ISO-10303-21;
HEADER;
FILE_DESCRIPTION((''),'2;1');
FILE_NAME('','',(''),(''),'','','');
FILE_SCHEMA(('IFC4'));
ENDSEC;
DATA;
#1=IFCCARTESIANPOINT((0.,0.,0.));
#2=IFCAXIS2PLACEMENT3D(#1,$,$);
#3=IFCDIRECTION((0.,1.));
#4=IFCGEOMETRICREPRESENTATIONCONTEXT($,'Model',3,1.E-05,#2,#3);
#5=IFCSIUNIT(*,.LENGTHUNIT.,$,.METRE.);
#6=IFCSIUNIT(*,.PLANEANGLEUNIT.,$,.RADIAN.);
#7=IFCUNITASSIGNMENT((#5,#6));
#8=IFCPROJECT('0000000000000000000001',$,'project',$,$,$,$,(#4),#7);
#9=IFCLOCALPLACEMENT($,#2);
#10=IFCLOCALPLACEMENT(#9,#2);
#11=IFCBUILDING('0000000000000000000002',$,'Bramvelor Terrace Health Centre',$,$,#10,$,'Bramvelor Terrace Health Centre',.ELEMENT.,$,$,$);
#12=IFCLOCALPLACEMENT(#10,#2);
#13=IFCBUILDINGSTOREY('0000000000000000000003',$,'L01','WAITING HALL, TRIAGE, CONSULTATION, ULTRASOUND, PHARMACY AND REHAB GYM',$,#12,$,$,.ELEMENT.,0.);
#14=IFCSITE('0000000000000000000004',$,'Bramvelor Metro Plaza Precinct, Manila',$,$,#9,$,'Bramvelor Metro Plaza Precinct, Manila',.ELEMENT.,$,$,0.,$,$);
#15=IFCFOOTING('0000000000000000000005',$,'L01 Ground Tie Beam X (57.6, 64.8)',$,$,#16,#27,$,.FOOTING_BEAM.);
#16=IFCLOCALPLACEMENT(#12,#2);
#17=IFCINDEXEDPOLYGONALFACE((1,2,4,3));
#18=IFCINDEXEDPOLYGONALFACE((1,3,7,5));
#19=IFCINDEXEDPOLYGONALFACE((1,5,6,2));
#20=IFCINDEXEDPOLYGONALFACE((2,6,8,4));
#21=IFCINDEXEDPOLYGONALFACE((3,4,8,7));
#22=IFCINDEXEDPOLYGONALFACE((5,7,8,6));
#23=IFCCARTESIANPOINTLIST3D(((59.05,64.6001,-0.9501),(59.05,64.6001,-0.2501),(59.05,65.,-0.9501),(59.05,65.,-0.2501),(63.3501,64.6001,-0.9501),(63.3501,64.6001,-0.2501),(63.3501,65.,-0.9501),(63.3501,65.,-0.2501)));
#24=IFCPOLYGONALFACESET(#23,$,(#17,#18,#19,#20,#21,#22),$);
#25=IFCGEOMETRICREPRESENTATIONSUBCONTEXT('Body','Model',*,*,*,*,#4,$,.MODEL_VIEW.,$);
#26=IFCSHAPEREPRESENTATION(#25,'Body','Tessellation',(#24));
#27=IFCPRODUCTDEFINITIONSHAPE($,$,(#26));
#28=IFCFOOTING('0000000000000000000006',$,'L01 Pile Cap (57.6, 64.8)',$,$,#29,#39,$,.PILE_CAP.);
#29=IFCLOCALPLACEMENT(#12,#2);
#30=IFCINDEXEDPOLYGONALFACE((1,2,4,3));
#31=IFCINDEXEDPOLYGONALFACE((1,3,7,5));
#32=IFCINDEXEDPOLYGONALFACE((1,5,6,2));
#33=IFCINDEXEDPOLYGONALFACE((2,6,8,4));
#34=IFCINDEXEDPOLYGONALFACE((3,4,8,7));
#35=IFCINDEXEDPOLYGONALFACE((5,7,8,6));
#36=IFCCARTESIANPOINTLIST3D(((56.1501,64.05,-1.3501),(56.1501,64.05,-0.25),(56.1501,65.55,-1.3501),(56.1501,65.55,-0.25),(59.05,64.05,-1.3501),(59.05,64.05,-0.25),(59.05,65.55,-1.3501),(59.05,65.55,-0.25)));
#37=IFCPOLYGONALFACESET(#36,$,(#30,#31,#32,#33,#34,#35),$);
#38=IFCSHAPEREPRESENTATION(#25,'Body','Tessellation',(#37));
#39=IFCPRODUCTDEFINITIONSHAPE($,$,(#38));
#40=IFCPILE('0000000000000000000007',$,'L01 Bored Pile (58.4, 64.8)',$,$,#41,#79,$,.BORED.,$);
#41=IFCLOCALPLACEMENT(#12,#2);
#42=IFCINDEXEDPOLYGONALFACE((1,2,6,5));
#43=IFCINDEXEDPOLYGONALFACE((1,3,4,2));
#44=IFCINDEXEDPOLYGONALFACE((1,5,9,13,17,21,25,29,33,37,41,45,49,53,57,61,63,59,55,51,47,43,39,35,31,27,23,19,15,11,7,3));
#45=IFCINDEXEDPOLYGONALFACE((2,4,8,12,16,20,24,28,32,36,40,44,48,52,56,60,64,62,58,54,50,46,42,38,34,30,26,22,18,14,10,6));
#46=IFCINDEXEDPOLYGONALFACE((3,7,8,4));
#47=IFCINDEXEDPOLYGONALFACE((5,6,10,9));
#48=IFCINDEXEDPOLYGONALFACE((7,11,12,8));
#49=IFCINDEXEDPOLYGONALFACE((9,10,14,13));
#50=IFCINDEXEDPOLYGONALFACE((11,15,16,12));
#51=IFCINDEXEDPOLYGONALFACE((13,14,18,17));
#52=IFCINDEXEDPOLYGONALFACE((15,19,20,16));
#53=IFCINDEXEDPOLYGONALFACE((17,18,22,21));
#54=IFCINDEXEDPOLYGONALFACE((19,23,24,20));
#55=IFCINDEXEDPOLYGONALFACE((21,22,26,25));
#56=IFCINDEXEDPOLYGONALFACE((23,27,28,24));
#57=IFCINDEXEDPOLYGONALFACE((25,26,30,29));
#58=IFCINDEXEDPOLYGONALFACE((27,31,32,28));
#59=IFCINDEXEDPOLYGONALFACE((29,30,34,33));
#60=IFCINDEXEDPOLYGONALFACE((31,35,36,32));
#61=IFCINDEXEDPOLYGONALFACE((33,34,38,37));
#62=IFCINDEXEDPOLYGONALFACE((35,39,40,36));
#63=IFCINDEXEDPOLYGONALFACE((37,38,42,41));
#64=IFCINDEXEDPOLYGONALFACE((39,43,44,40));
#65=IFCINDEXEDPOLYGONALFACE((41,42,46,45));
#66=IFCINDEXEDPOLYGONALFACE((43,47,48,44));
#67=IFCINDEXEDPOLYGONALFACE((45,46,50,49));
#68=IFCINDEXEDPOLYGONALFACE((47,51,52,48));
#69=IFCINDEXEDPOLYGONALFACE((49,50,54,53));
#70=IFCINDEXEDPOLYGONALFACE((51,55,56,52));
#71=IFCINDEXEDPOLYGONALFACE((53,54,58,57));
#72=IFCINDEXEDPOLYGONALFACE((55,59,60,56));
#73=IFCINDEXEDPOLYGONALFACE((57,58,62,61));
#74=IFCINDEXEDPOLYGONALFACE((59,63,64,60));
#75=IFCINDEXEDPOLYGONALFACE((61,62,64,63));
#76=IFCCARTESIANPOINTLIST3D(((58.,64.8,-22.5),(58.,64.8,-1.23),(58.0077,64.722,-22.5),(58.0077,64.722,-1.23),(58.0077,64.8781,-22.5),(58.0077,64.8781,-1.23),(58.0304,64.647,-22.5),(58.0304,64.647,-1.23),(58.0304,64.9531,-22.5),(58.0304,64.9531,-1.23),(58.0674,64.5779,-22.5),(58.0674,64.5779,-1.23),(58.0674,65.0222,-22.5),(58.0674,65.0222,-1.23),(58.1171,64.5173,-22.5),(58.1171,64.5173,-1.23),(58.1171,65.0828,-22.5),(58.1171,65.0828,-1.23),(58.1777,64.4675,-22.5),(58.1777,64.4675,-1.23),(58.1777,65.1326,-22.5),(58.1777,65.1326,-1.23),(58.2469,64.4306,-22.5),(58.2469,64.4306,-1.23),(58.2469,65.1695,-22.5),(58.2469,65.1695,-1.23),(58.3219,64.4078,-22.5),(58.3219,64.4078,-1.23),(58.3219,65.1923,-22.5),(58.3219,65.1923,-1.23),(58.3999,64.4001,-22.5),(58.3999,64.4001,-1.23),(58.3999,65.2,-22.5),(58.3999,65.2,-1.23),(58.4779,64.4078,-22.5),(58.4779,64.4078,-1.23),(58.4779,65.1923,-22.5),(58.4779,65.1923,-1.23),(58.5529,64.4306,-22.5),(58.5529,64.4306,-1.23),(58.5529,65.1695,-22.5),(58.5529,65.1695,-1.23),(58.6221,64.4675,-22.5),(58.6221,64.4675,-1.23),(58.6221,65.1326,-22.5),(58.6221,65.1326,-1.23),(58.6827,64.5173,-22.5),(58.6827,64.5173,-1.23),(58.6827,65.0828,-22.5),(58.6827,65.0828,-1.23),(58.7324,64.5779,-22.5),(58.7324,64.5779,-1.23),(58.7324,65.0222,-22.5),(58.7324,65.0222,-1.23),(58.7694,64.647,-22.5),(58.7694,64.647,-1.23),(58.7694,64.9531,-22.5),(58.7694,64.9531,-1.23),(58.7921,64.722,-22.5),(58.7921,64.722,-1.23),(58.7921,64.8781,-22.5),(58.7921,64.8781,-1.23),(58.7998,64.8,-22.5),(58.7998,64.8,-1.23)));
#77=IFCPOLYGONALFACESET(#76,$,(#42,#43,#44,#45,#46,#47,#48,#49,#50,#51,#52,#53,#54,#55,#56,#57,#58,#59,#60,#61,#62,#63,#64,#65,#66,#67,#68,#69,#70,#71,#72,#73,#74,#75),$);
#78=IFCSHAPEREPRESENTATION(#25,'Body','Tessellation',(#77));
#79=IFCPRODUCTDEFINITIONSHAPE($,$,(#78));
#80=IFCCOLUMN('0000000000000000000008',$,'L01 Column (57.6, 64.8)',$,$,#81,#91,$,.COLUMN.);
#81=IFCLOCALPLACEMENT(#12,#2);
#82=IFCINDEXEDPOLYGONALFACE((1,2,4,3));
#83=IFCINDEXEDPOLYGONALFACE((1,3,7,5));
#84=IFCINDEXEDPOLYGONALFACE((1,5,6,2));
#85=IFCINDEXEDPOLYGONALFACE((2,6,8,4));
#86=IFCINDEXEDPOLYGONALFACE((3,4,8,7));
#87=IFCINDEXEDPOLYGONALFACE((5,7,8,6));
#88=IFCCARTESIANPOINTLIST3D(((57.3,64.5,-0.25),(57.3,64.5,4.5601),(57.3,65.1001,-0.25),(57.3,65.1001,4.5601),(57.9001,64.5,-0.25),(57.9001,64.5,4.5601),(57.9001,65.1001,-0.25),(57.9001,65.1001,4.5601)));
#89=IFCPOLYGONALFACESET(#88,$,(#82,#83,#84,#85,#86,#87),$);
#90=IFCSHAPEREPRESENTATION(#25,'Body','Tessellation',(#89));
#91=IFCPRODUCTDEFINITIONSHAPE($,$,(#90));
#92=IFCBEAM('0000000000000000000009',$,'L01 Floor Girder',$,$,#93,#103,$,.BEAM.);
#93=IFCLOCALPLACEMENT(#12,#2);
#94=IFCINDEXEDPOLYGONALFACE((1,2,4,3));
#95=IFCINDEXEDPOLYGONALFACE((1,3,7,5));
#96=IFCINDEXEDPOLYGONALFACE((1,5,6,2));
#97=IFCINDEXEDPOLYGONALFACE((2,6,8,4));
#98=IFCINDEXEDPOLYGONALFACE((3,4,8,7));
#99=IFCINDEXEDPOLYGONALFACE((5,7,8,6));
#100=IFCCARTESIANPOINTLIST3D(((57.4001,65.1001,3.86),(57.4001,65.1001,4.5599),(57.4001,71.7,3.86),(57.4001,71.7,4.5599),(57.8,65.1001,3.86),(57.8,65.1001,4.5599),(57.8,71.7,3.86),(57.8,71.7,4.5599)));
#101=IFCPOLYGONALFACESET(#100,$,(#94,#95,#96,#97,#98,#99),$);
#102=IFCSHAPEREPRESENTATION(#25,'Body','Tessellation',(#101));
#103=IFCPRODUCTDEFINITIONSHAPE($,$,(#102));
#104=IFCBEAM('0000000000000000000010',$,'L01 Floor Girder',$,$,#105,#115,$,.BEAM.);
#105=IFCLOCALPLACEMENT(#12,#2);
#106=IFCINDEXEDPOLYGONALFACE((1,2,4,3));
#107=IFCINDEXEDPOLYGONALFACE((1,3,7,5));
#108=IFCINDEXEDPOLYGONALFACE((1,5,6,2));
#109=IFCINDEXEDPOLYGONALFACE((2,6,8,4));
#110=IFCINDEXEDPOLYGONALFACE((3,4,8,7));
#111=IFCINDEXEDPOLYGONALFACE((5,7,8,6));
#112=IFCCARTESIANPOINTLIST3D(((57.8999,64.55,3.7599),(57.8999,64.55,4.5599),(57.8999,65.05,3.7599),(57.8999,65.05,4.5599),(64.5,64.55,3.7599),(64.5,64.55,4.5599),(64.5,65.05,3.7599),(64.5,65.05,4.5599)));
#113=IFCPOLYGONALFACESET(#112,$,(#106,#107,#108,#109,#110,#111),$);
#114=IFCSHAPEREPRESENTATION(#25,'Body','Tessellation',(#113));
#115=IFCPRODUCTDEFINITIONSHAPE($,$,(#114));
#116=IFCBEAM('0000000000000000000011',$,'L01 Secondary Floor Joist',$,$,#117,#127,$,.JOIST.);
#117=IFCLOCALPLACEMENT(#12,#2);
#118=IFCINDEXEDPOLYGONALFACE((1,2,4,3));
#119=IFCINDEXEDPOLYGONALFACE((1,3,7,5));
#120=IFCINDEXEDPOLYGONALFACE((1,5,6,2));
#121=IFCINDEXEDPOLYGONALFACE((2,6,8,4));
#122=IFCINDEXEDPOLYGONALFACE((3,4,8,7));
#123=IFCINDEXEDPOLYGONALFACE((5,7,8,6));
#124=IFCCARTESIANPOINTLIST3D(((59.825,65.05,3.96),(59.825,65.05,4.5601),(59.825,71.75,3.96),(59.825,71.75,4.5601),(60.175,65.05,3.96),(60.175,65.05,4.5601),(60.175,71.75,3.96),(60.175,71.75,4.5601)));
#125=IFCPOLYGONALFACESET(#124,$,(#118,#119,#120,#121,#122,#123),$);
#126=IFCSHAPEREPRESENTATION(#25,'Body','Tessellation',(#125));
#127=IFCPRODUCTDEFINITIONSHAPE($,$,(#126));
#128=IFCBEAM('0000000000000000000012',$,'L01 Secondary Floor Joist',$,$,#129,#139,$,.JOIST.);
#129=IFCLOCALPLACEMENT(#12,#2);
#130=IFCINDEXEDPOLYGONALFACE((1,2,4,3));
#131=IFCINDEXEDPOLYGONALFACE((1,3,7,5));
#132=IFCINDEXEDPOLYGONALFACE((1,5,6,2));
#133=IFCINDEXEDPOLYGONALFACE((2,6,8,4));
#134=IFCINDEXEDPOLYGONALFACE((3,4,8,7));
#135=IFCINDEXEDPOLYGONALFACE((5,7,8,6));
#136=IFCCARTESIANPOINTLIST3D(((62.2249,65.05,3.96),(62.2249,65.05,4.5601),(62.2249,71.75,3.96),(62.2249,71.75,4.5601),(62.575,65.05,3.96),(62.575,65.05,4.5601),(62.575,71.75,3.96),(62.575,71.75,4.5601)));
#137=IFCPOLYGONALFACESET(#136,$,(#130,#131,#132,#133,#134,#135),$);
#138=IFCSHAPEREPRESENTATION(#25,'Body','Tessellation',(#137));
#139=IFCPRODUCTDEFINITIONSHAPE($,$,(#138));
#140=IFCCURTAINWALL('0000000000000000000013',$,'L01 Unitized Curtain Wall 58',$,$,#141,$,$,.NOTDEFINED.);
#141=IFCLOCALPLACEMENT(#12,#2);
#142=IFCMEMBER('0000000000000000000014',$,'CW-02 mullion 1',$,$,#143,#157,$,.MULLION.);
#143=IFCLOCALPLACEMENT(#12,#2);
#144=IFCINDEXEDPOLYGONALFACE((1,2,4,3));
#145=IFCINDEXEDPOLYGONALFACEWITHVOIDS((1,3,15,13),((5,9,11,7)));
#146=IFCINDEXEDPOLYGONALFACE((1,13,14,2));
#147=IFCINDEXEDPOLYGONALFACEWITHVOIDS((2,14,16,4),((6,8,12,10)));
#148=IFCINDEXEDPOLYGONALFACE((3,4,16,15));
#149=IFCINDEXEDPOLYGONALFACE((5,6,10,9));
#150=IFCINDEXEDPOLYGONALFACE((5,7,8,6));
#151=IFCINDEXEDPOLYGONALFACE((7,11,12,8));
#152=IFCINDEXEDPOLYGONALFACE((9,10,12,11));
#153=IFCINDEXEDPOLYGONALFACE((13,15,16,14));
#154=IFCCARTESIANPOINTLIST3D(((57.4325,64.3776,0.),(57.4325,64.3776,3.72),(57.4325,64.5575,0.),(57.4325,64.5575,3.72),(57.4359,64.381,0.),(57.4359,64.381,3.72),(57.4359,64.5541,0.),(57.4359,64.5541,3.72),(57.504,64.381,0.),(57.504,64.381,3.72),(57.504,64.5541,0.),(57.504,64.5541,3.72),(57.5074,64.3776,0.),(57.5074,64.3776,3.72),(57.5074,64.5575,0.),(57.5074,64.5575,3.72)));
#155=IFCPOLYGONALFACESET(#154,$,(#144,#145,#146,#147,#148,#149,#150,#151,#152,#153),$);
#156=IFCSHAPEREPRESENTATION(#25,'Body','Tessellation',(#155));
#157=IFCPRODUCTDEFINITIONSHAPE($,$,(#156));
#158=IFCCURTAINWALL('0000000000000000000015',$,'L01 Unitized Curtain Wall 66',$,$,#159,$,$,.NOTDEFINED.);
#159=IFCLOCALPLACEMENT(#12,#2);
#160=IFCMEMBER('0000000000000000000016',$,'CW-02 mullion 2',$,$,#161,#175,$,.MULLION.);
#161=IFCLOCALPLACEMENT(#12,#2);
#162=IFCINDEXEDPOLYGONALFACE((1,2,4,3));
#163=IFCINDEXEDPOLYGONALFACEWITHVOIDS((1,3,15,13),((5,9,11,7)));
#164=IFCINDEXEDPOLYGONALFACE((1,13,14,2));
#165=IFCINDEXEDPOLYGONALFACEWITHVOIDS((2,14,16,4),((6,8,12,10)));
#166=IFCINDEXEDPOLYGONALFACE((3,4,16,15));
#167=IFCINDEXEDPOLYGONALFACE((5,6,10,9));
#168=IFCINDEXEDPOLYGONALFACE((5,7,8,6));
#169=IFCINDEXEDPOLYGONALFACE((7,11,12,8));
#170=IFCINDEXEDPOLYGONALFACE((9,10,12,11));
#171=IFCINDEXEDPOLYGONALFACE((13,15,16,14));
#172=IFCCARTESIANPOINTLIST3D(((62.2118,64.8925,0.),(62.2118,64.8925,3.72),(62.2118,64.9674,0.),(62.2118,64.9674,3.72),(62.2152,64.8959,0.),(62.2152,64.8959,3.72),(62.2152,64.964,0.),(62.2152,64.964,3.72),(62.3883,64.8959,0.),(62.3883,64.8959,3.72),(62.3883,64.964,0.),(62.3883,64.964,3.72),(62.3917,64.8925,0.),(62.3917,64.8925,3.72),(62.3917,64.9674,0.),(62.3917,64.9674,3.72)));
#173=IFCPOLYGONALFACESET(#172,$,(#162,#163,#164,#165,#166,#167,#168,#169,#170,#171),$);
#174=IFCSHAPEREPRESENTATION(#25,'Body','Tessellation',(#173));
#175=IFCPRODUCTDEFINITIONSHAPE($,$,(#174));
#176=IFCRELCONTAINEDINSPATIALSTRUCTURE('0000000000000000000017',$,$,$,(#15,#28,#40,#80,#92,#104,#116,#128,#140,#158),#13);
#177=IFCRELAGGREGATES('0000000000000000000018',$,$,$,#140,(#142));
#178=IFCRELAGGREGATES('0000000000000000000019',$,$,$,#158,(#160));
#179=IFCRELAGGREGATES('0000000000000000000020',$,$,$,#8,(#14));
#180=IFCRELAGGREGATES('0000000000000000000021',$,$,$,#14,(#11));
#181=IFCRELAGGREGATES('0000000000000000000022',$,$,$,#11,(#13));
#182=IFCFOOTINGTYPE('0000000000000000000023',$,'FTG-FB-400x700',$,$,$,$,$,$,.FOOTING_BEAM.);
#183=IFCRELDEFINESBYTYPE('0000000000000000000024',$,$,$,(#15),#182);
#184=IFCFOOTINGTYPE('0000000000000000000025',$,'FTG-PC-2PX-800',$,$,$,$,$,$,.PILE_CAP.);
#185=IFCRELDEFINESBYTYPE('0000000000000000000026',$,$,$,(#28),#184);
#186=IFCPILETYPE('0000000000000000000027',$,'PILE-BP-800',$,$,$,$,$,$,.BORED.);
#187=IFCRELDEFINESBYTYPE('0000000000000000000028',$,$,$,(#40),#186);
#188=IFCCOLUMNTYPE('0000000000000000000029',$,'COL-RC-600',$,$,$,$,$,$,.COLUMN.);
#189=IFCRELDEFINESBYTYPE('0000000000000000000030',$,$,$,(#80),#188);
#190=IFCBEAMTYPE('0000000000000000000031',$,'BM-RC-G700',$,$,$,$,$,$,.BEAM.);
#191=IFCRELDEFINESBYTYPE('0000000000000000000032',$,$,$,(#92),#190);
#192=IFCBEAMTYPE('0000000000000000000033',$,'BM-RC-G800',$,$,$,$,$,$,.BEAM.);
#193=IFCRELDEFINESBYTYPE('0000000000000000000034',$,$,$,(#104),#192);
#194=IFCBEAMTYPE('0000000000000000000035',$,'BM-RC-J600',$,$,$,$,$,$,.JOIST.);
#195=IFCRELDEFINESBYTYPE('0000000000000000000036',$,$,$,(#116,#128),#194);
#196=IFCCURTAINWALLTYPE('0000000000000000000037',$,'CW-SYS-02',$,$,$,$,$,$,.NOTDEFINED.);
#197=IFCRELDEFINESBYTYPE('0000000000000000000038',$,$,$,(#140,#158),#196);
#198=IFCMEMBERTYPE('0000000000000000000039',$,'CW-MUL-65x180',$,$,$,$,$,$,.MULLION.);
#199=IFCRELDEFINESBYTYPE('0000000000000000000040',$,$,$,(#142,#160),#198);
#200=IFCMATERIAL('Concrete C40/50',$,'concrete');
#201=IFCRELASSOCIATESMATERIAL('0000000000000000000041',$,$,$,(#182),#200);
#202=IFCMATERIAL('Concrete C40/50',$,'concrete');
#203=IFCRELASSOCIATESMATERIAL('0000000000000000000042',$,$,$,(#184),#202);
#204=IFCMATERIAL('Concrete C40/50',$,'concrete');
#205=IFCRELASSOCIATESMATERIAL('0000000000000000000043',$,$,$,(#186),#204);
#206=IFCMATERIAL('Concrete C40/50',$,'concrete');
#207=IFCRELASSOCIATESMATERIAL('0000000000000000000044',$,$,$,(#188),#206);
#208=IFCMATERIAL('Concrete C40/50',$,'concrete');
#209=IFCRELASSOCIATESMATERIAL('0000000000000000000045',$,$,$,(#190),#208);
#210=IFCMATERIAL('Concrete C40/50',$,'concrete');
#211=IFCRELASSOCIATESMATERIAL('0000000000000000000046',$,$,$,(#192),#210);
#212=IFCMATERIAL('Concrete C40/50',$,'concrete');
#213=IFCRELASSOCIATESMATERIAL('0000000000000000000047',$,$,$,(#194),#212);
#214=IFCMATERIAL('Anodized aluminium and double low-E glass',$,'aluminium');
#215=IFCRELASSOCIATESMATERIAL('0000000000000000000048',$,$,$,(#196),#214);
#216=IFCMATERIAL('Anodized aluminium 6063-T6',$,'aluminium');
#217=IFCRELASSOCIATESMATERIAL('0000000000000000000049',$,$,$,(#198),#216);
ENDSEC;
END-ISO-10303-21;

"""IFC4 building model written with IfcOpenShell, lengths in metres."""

from ifc_helpers import new_model, si_unit, direction, frame, origin, origin_2d, place, context, subcontext, project, spatial, rectangle, hollow_rectangle, circle, extrude, material, material_profile, profile_set, type_object, element, aggregate, save


model = new_model("IFC4")

# Units and contexts
model_context = context("Model", 3, precision=1e-05, world=origin(), true_north=direction((0.0, 1.0)))
body_context = subcontext(model_context, "Body", "Model", "MODEL_VIEW")
ifc_project = project(units=[si_unit("LENGTHUNIT", "METRE"), si_unit("PLANEANGLEUNIT", "RADIAN")], contexts=[model_context])

# Site, building, storey
site_placement = place(None, origin())
site = spatial("IfcSite", under=ifc_project, at=site_placement, Name="Bramvelor Metro Plaza Precinct, Manila", LongName="Bramvelor Metro Plaza Precinct, Manila", CompositionType="ELEMENT", RefElevation=0.0)
building_placement = place(site_placement, origin())
building = spatial("IfcBuilding", under=site, at=building_placement, Name="Bramvelor Terrace Health Centre", LongName="Bramvelor Terrace Health Centre", CompositionType="ELEMENT")
storey_placement = place(building_placement, origin())
storey = spatial("IfcBuildingStorey", under=building, at=storey_placement, Name="L01", Description="WAITING HALL, TRIAGE, CONSULTATION, ULTRASOUND, PHARMACY AND REHAB GYM", CompositionType="ELEMENT", Elevation=0.0)

# Footings
ifc_material_1 = material(Name="Concrete C40/50", Category="concrete")
ifc_material_profile_1 = material_profile(ifc_material_1, rectangle(XDim=0.3999, YDim=0.7, at=origin_2d()), Name="RC 400x700")
ifc_profile_set_1 = profile_set([ifc_material_profile_1], Name="Concrete C40/50")
footing_type_1 = type_object("IfcFootingType", Name="FTG-FB-400x700", PredefinedType="FOOTING_BEAM", material=ifc_profile_set_1)
footing_1_placement = place(storey_placement, frame((59.05, 64.8, -0.6001), z_axis=(1.0, 0.0, 0.0), x_axis=(0.0, 1.0, 0.0)))
element("IfcFooting", 1, at=footing_1_placement, inside=storey, type_object=footing_type_1, Name="L01 Ground Tie Beam X (57.6, 64.8)", PredefinedType="FOOTING_BEAM", context=body_context, shape_type="SweptSolid", body=[
    extrude(rectangle(XDim=0.3999, YDim=0.7, at=origin_2d()), origin(), (0.0, 0.0, 1.0), 4.3),
])
ifc_material_2 = material(Name="Concrete C40/50", Category="concrete")
footing_type_2 = type_object("IfcFootingType", Name="FTG-PC-2PX-800", PredefinedType="PILE_CAP", material=ifc_material_2)
footing_2_placement = place(storey_placement, frame((57.6001, 64.8, -1.3501), z_axis=(0.0, 0.0, 1.0), x_axis=(1.0, 0.0, 0.0)))
element("IfcFooting", 2, at=footing_2_placement, inside=storey, type_object=footing_type_2, Name="L01 Pile Cap (57.6, 64.8)", PredefinedType="PILE_CAP", context=body_context, shape_type="SweptSolid", body=[
    extrude(rectangle(XDim=2.8999, YDim=1.5, at=origin_2d()), origin(), (0.0, 0.0, 1.0), 1.1001),
])

# Pile
ifc_material_3 = material(Name="Concrete C40/50", Category="concrete")
ifc_material_profile_2 = material_profile(ifc_material_3, circle(Radius=0.3999, at=origin_2d()), Name="BP D800")
ifc_profile_set_2 = profile_set([ifc_material_profile_2], Name="Concrete C40/50")
pile_type = type_object("IfcPileType", Name="PILE-BP-800", PredefinedType="BORED", material=ifc_profile_set_2)
pile_placement = place(storey_placement, frame((58.3999, 64.8, -1.23), z_axis=(0.0, 0.0, -1.0), x_axis=(1.0, 0.0, 0.0)))
element("IfcPile", 3, at=pile_placement, inside=storey, type_object=pile_type, Name="L01 Bored Pile (58.4, 64.8)", PredefinedType="BORED", context=body_context, shape_type="SweptSolid", body=[
    extrude(circle(Radius=0.3999, at=origin_2d()), origin(), (0.0, 0.0, 1.0), 21.27),
])

# Column
ifc_material_4 = material(Name="Concrete C40/50", Category="concrete")
ifc_material_profile_3 = material_profile(ifc_material_4, rectangle(XDim=0.6001, YDim=0.6001, at=origin_2d()), Name="RC 600x600")
ifc_profile_set_3 = profile_set([ifc_material_profile_3], Name="Concrete C40/50")
column_type = type_object("IfcColumnType", Name="COL-RC-600", PredefinedType="COLUMN", material=ifc_profile_set_3)
column_placement = place(storey_placement, frame((57.6001, 64.8, -0.25), z_axis=(0.0, 0.0, 1.0), x_axis=(1.0, 0.0, 0.0)))
element("IfcColumn", 4, at=column_placement, inside=storey, type_object=column_type, Name="L01 Column (57.6, 64.8)", PredefinedType="COLUMN", context=body_context, shape_type="SweptSolid", body=[
    extrude(rectangle(XDim=0.6001, YDim=0.6001, at=origin_2d()), origin(), (0.0, 0.0, 1.0), 4.8101),
])

# Beams
ifc_material_5 = material(Name="Concrete C40/50", Category="concrete")
ifc_material_profile_4 = material_profile(ifc_material_5, rectangle(XDim=0.3999, YDim=0.7, at=origin_2d()), Name="RC 400x700")
ifc_profile_set_4 = profile_set([ifc_material_profile_4], Name="Concrete C40/50")
beam_type_1 = type_object("IfcBeamType", Name="BM-RC-G700", PredefinedType="BEAM", material=ifc_profile_set_4)
beam_1_placement = place(storey_placement, frame((57.6001, 65.1001, 4.21), z_axis=(0.0, 1.0, 0.0), x_axis=(-1.0, 0.0, 0.0)))
element("IfcBeam", 5, at=beam_1_placement, inside=storey, type_object=beam_type_1, Name="L01 Floor Girder", PredefinedType="BEAM", context=body_context, shape_type="SweptSolid", body=[
    extrude(rectangle(XDim=0.3999, YDim=0.7, at=origin_2d()), origin(), (0.0, 0.0, 1.0), 6.5999),
])
ifc_material_6 = material(Name="Concrete C40/50", Category="concrete")
ifc_material_profile_5 = material_profile(ifc_material_6, rectangle(XDim=0.5, YDim=0.8, at=origin_2d()), Name="RC 500x800")
ifc_profile_set_5 = profile_set([ifc_material_profile_5], Name="Concrete C40/50")
beam_type_2 = type_object("IfcBeamType", Name="BM-RC-G800", PredefinedType="BEAM", material=ifc_profile_set_5)
beam_2_placement = place(storey_placement, frame((57.8999, 64.8, 4.1599), z_axis=(1.0, 0.0, 0.0), x_axis=(0.0, 1.0, 0.0)))
element("IfcBeam", 6, at=beam_2_placement, inside=storey, type_object=beam_type_2, Name="L01 Floor Girder", PredefinedType="BEAM", context=body_context, shape_type="SweptSolid", body=[
    extrude(rectangle(XDim=0.5, YDim=0.8, at=origin_2d()), origin(), (0.0, 0.0, 1.0), 6.6001),
])
ifc_material_7 = material(Name="Concrete C40/50", Category="concrete")
ifc_material_profile_6 = material_profile(ifc_material_7, rectangle(XDim=0.3501, YDim=0.6001, at=origin_2d()), Name="RC 350x600")
ifc_profile_set_6 = profile_set([ifc_material_profile_6], Name="Concrete C40/50")
beam_type_3 = type_object("IfcBeamType", Name="BM-RC-J600", PredefinedType="JOIST", material=ifc_profile_set_6)
for number, where, z_axis, x_axis, name in (
    (7, (60.0, 65.05, 4.26), (0.0, 1.0, 0.0), (-1.0, 0.0, 0.0), "L01 Secondary Floor Joist"),
    (8, (62.3999, 65.05, 4.26), (0.0, 1.0, 0.0), (-1.0, 0.0, 0.0), "L01 Secondary Floor Joist"),
):
    element("IfcBeam", number, at=place(storey_placement, frame(where, z_axis=z_axis, x_axis=x_axis)), inside=storey, type_object=beam_type_3, Name=name, PredefinedType="JOIST", context=body_context, shape_type="SweptSolid", body=[
        extrude(rectangle(XDim=0.3501, YDim=0.6001, at=origin_2d()), origin(), (0.0, 0.0, 1.0), 6.7),
    ])

# Curtain wall, member
ifc_material_8 = material(Name="Anodized aluminium and double low-E glass", Category="aluminium")
curtain_wall_type = type_object("IfcCurtainWallType", Name="CW-SYS-02", PredefinedType="NOTDEFINED", material=ifc_material_8)
curtain_wall_1_placement = place(storey_placement, origin())
curtain_wall_1 = element("IfcCurtainWall", 9, at=curtain_wall_1_placement, inside=storey, type_object=curtain_wall_type, Name="L01 Unitized Curtain Wall 58", PredefinedType="NOTDEFINED")
ifc_material_9 = material(Name="Anodized aluminium 6063-T6", Category="aluminium")
ifc_material_profile_7 = material_profile(ifc_material_9, hollow_rectangle(XDim=0.075, YDim=0.1799, WallThickness=0.0034, at=origin_2d()), Name="ALU-MUL 75x180x3.5")
ifc_profile_set_7 = profile_set([ifc_material_profile_7], Name="Anodized aluminium 6063-T6")
member_type_1 = type_object("IfcMemberType", Name="CW-MUL-65x180", PredefinedType="MULLION", material=ifc_profile_set_7)
member_1_placement = place(storey_placement, frame((57.47, 64.4675, 0.0), z_axis=(0.0, 0.0, 1.0), x_axis=(1.0, 0.0, 0.0)))
member_1 = element("IfcMember", 10, at=member_1_placement, type_object=member_type_1, Name="CW-02 mullion 1", PredefinedType="MULLION", context=body_context, shape_type="SweptSolid", body=[
    extrude(hollow_rectangle(XDim=0.075, YDim=0.1799, WallThickness=0.0034, at=origin_2d()), origin(), (0.0, 0.0, 1.0), 3.72),
])
aggregate(curtain_wall_1, [member_1])

# Curtain wall, member
curtain_wall_2_placement = place(storey_placement, origin())
curtain_wall_2 = element("IfcCurtainWall", 11, at=curtain_wall_2_placement, inside=storey, type_object=curtain_wall_type, Name="L01 Unitized Curtain Wall 66", PredefinedType="NOTDEFINED")
member_2_placement = place(storey_placement, frame((62.3018, 64.9299, 0.0), z_axis=(0.0, 0.0, 1.0), x_axis=(0.0, -1.0, 0.0)))
member_2 = element("IfcMember", 12, at=member_2_placement, type_object=member_type_1, Name="CW-02 mullion 2", PredefinedType="MULLION", context=body_context, shape_type="SweptSolid", body=[
    extrude(hollow_rectangle(XDim=0.075, YDim=0.1799, WallThickness=0.0034, at=origin_2d()), origin(), (0.0, 0.0, 1.0), 3.72),
])
aggregate(curtain_wall_2, [member_2])

save(model, "model.ifc")
